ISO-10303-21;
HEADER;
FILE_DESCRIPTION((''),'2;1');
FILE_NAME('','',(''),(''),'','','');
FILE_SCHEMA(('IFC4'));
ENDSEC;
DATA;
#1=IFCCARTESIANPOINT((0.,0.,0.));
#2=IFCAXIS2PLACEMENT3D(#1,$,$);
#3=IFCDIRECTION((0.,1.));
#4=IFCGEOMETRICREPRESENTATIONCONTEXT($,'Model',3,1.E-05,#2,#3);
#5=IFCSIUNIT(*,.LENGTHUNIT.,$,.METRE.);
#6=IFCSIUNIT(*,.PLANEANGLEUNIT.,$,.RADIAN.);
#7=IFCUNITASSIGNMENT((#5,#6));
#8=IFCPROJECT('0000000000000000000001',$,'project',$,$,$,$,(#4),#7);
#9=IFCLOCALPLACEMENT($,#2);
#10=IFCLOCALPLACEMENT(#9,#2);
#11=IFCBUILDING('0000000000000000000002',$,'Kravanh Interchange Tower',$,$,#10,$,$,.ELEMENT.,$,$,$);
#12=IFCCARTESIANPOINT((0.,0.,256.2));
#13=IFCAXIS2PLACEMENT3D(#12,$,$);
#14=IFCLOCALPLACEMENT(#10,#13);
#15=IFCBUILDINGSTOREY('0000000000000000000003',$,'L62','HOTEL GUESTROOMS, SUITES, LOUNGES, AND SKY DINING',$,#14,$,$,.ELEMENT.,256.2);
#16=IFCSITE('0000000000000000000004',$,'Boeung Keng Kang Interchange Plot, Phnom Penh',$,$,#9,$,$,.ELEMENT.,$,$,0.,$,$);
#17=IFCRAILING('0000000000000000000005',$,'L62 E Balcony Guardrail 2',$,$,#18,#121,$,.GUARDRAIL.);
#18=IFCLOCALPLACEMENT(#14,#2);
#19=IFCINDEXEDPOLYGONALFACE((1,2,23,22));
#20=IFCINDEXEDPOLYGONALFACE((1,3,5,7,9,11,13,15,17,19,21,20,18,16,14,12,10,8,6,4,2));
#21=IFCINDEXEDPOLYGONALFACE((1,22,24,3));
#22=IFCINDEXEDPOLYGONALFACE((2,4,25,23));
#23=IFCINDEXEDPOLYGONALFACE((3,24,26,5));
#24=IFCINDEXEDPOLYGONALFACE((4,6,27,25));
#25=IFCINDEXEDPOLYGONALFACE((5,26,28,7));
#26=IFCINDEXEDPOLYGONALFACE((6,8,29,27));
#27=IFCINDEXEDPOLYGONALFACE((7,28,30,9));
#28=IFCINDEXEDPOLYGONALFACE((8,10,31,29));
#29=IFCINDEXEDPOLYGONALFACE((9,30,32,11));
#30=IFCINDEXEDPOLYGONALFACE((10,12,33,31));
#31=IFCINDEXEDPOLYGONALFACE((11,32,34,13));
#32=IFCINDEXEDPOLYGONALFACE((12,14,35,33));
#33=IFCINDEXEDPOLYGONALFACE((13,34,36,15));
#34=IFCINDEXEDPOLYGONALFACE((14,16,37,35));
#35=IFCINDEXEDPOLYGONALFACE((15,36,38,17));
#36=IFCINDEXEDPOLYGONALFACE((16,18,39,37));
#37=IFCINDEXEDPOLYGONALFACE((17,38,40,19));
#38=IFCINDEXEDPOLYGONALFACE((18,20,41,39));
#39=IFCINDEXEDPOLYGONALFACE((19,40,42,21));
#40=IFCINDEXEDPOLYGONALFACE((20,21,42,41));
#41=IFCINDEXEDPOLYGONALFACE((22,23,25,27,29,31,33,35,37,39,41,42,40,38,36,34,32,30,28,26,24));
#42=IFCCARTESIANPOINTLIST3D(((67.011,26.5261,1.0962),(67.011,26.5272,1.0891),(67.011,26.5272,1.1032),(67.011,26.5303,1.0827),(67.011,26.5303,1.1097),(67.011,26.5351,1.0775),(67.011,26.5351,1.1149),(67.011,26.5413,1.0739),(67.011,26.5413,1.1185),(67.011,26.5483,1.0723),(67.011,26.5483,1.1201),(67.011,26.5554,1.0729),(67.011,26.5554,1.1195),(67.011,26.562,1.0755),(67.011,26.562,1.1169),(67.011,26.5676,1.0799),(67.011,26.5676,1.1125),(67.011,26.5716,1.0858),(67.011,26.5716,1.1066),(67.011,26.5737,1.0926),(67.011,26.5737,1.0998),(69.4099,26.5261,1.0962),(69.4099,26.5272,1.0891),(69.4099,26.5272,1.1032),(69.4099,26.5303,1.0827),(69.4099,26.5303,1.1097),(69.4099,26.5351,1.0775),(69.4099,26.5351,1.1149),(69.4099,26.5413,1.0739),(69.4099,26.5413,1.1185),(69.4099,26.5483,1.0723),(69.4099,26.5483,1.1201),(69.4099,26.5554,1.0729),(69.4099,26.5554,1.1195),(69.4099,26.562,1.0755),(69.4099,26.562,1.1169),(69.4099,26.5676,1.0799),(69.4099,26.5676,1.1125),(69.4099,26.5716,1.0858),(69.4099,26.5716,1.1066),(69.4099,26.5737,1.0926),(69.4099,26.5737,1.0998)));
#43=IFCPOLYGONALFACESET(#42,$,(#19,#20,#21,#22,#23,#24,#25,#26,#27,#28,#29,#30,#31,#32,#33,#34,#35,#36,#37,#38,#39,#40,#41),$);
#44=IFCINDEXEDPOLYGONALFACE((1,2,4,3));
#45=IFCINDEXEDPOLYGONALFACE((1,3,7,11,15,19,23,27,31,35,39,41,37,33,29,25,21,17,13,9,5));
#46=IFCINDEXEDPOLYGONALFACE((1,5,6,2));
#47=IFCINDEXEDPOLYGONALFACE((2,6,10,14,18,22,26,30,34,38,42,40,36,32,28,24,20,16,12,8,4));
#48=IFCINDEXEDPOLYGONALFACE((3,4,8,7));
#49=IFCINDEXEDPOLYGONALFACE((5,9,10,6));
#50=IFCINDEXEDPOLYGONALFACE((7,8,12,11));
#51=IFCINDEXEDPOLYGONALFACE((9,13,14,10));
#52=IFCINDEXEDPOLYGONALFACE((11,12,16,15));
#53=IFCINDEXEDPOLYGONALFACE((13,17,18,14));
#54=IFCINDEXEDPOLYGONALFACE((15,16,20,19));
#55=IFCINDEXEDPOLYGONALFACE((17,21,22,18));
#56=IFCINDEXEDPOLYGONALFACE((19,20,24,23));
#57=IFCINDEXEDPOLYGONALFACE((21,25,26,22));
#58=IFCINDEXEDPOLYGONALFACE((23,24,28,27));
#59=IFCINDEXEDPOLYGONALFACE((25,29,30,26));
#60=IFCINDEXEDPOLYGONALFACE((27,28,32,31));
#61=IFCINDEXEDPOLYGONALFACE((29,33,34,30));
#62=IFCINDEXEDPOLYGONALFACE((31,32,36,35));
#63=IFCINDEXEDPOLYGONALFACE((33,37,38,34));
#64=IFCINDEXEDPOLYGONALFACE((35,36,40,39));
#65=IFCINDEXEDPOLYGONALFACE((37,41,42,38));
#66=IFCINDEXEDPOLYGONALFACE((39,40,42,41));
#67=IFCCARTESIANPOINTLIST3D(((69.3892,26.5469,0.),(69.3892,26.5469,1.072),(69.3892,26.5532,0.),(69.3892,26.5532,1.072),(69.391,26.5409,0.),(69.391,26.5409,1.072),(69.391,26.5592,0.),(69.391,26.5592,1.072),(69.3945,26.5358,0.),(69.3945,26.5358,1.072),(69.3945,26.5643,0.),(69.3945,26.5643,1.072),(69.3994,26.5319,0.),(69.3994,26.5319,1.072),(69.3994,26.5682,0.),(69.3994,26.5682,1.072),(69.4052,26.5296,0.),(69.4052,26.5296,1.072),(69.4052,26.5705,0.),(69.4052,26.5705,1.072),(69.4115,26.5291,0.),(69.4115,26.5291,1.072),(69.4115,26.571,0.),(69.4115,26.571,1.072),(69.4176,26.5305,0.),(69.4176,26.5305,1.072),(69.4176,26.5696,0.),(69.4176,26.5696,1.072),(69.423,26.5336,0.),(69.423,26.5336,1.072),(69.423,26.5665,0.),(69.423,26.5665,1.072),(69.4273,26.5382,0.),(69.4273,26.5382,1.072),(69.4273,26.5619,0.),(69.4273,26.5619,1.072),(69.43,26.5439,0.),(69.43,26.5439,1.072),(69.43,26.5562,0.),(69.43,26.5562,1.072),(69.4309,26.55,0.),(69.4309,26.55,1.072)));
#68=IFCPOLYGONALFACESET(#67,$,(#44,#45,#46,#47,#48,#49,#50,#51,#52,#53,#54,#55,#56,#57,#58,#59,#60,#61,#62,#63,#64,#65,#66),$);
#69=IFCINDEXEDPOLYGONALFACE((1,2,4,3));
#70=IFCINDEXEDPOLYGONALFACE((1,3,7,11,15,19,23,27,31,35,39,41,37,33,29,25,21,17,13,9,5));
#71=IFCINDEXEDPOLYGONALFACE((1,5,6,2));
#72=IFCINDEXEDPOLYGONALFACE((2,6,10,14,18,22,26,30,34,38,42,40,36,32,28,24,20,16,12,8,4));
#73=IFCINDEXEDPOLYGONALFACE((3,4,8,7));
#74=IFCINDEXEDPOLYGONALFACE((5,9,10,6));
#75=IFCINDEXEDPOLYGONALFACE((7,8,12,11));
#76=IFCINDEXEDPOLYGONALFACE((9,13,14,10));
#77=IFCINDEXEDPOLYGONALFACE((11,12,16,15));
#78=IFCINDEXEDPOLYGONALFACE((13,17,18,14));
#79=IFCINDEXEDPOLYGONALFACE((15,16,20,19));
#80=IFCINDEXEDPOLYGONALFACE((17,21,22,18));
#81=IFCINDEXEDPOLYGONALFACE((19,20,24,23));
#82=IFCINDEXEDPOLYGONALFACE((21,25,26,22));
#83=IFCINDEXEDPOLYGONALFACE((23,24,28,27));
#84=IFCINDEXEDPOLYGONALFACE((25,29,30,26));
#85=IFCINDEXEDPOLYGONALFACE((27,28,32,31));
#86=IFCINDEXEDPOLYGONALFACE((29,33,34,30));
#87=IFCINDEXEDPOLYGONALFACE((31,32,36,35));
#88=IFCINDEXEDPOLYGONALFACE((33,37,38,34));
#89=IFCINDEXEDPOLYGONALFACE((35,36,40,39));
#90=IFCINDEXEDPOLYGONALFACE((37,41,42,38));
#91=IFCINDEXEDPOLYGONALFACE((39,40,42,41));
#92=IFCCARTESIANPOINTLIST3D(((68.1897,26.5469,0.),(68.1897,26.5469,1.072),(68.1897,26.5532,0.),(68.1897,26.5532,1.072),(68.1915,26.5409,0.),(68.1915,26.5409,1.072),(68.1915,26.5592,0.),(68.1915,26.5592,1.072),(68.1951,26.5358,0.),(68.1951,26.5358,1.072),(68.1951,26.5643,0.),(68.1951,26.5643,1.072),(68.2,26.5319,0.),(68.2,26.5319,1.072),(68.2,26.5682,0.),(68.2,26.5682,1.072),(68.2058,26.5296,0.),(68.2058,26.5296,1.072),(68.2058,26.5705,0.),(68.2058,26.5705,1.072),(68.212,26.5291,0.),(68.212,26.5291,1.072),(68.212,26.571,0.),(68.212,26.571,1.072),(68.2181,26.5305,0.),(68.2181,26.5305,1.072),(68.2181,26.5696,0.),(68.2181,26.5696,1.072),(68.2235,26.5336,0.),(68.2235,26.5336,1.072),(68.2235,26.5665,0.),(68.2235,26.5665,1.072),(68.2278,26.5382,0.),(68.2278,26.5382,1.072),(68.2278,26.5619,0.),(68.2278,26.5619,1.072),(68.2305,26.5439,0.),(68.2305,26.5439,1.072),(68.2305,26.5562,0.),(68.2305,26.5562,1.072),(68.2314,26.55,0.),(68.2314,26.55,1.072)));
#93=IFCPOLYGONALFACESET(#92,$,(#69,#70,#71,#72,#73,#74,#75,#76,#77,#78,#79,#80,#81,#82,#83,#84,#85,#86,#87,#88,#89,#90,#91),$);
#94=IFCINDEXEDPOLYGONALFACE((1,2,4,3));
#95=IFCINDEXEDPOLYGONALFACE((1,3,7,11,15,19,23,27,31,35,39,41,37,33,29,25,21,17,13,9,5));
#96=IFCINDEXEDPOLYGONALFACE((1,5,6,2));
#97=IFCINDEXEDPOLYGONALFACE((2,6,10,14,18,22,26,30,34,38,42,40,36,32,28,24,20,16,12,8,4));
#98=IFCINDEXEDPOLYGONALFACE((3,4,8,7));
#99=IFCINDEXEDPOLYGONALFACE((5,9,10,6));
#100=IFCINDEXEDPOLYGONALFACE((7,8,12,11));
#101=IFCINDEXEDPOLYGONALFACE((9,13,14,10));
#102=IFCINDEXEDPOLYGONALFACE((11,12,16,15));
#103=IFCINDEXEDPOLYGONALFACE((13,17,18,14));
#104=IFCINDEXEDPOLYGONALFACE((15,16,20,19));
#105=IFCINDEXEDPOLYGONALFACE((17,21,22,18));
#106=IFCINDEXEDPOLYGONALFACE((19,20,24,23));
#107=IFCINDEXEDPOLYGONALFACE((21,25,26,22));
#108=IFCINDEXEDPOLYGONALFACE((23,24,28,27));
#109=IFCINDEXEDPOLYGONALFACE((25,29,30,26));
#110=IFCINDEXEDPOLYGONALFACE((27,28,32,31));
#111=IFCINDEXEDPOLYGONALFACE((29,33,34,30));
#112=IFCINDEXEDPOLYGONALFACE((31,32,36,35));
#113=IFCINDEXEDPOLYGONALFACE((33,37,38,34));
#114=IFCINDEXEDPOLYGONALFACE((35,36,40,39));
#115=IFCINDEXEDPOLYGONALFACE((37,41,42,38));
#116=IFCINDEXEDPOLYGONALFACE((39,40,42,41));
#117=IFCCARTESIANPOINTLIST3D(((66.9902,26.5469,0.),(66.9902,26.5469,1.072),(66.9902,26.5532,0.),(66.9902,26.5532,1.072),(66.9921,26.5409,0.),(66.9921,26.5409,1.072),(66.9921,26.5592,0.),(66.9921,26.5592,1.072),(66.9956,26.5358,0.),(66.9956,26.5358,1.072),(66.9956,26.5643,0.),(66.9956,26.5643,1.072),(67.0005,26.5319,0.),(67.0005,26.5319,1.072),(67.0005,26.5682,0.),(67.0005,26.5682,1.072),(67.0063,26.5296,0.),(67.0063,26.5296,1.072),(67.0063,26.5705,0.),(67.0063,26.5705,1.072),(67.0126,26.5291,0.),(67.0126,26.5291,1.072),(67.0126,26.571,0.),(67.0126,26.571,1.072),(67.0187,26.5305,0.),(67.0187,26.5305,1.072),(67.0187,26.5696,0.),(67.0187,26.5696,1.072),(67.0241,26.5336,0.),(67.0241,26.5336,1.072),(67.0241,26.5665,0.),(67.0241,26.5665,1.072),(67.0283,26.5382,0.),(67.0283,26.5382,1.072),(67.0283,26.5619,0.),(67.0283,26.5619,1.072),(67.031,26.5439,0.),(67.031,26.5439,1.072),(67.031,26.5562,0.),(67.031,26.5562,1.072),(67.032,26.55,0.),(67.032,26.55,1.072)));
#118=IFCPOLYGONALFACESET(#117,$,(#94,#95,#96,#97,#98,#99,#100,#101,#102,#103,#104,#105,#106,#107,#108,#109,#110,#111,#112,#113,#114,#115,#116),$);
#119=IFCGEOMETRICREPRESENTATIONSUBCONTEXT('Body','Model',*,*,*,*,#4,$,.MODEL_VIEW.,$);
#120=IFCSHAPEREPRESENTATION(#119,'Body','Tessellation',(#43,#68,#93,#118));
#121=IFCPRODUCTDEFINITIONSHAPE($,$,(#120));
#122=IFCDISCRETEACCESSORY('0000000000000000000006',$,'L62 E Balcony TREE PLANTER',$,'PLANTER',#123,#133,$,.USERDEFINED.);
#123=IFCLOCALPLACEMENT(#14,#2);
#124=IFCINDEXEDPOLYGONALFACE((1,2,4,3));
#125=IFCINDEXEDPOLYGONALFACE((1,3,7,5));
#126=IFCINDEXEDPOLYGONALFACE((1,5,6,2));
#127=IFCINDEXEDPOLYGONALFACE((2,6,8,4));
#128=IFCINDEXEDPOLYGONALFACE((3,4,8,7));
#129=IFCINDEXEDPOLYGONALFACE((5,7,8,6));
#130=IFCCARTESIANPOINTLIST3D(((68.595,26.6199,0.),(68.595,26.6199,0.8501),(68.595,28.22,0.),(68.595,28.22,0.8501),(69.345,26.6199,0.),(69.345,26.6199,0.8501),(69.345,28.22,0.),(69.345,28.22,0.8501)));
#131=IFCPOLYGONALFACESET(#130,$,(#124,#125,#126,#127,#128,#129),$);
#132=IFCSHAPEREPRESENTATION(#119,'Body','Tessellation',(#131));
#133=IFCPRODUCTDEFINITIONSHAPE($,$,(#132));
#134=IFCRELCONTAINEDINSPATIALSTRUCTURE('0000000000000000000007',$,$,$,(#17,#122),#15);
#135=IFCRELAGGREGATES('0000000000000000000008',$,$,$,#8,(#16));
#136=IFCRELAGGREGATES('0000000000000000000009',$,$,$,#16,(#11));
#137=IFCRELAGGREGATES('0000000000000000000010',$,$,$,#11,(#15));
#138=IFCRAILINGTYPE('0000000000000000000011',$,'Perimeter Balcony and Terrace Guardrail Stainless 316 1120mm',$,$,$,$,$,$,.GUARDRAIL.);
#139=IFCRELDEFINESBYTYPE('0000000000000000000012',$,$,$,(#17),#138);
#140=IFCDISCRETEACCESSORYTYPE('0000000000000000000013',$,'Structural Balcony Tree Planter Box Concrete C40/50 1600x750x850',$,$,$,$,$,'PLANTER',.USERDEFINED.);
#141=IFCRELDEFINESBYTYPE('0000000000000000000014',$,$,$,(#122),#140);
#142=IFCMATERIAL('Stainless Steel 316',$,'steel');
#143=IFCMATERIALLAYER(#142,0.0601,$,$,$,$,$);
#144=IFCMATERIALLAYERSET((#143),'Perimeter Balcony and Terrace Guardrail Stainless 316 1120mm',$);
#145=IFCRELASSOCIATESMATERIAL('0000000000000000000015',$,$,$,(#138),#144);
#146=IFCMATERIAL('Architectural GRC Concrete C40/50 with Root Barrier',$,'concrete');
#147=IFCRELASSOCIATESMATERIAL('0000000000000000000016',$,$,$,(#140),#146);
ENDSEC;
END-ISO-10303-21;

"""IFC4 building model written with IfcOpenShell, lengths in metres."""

from ifc_helpers import new_model, si_unit, direction, frame, origin, origin_2d, place, context, subcontext, project, spatial, rectangle, circle, extrude, material, layer, layer_set, type_object, element, save


model = new_model("IFC4")

# Units and contexts
model_context = context("Model", 3, precision=1e-05, world=origin(), true_north=direction((0.0, 1.0)))
body_context = subcontext(model_context, "Body", "Model", "MODEL_VIEW")
ifc_project = project(units=[si_unit("LENGTHUNIT", "METRE"), si_unit("PLANEANGLEUNIT", "RADIAN")], contexts=[model_context])

# Site, building, storey
site_placement = place(None, origin())
site = spatial("IfcSite", under=ifc_project, at=site_placement, Name="Boeung Keng Kang Interchange Plot, Phnom Penh", CompositionType="ELEMENT", RefElevation=0.0)
building_placement = place(site_placement, origin())
building = spatial("IfcBuilding", under=site, at=building_placement, Name="Kravanh Interchange Tower", CompositionType="ELEMENT")
storey_placement = place(building_placement, frame((0.0, 0.0, 256.2)))
storey = spatial("IfcBuildingStorey", under=building, at=storey_placement, Name="L62", Description="HOTEL GUESTROOMS, SUITES, LOUNGES, AND SKY DINING", CompositionType="ELEMENT", Elevation=256.2)

# Railing
ifc_material_1 = material(Name="Stainless Steel 316", Category="steel")
ifc_layer_1 = layer(ifc_material_1, 0.0601)
ifc_layer_set_1 = layer_set([ifc_layer_1], Name="Perimeter Balcony and Terrace Guardrail Stainless 316 1120mm")
railing_type = type_object("IfcRailingType", Name="Perimeter Balcony and Terrace Guardrail Stainless 316 1120mm", PredefinedType="GUARDRAIL", material=ifc_layer_set_1)
railing_placement = place(storey_placement, frame((69.4099, 26.55, 0.0)))
element("IfcRailing", 1, at=railing_placement, inside=storey, type_object=railing_type, Name="L62 E Balcony Guardrail 2", PredefinedType="GUARDRAIL", context=body_context, shape_type="SweptSolid", body=[
    extrude(circle(Radius=0.0239, at=origin_2d()), frame((0.0, 0.0, 1.0962), z_axis=(-1.0, 0.0, 0.0), x_axis=(0.0, -1.0, 0.0)), (0.0, 0.0, 1.0), 2.3989),
    extrude(circle(Radius=0.021, at=origin_2d()), origin(), (0.0, 0.0, 1.0), 1.072),
    extrude(circle(Radius=0.021, at=origin_2d()), frame((-1.1995, 0.0, 0.0)), (0.0, 0.0, 1.0), 1.072),
    extrude(circle(Radius=0.021, at=origin_2d()), frame((-2.3989, 0.0, 0.0)), (0.0, 0.0, 1.0), 1.072),
])

# Discrete accessory
ifc_material_2 = material(Name="Architectural GRC Concrete C40/50 with Root Barrier", Category="concrete")
discrete_accessory_type = type_object("IfcDiscreteAccessoryType", Name="Structural Balcony Tree Planter Box Concrete C40/50 1600x750x850", ElementType="PLANTER", PredefinedType="USERDEFINED", material=ifc_material_2)
discrete_accessory_placement = place(storey_placement, frame((68.97, 27.4199, 0.0), z_axis=(0.0, 0.0, 1.0), x_axis=(1.0, 0.0, 0.0)))
element("IfcDiscreteAccessory", 2, at=discrete_accessory_placement, inside=storey, type_object=discrete_accessory_type, Name="L62 E Balcony TREE PLANTER", ObjectType="PLANTER", PredefinedType="USERDEFINED", context=body_context, shape_type="SweptSolid", body=[
    extrude(rectangle(XDim=0.75, YDim=1.6001, at=origin_2d()), origin(), (0.0, 0.0, 1.0), 0.8501),
])

save(model, "model.ifc")
